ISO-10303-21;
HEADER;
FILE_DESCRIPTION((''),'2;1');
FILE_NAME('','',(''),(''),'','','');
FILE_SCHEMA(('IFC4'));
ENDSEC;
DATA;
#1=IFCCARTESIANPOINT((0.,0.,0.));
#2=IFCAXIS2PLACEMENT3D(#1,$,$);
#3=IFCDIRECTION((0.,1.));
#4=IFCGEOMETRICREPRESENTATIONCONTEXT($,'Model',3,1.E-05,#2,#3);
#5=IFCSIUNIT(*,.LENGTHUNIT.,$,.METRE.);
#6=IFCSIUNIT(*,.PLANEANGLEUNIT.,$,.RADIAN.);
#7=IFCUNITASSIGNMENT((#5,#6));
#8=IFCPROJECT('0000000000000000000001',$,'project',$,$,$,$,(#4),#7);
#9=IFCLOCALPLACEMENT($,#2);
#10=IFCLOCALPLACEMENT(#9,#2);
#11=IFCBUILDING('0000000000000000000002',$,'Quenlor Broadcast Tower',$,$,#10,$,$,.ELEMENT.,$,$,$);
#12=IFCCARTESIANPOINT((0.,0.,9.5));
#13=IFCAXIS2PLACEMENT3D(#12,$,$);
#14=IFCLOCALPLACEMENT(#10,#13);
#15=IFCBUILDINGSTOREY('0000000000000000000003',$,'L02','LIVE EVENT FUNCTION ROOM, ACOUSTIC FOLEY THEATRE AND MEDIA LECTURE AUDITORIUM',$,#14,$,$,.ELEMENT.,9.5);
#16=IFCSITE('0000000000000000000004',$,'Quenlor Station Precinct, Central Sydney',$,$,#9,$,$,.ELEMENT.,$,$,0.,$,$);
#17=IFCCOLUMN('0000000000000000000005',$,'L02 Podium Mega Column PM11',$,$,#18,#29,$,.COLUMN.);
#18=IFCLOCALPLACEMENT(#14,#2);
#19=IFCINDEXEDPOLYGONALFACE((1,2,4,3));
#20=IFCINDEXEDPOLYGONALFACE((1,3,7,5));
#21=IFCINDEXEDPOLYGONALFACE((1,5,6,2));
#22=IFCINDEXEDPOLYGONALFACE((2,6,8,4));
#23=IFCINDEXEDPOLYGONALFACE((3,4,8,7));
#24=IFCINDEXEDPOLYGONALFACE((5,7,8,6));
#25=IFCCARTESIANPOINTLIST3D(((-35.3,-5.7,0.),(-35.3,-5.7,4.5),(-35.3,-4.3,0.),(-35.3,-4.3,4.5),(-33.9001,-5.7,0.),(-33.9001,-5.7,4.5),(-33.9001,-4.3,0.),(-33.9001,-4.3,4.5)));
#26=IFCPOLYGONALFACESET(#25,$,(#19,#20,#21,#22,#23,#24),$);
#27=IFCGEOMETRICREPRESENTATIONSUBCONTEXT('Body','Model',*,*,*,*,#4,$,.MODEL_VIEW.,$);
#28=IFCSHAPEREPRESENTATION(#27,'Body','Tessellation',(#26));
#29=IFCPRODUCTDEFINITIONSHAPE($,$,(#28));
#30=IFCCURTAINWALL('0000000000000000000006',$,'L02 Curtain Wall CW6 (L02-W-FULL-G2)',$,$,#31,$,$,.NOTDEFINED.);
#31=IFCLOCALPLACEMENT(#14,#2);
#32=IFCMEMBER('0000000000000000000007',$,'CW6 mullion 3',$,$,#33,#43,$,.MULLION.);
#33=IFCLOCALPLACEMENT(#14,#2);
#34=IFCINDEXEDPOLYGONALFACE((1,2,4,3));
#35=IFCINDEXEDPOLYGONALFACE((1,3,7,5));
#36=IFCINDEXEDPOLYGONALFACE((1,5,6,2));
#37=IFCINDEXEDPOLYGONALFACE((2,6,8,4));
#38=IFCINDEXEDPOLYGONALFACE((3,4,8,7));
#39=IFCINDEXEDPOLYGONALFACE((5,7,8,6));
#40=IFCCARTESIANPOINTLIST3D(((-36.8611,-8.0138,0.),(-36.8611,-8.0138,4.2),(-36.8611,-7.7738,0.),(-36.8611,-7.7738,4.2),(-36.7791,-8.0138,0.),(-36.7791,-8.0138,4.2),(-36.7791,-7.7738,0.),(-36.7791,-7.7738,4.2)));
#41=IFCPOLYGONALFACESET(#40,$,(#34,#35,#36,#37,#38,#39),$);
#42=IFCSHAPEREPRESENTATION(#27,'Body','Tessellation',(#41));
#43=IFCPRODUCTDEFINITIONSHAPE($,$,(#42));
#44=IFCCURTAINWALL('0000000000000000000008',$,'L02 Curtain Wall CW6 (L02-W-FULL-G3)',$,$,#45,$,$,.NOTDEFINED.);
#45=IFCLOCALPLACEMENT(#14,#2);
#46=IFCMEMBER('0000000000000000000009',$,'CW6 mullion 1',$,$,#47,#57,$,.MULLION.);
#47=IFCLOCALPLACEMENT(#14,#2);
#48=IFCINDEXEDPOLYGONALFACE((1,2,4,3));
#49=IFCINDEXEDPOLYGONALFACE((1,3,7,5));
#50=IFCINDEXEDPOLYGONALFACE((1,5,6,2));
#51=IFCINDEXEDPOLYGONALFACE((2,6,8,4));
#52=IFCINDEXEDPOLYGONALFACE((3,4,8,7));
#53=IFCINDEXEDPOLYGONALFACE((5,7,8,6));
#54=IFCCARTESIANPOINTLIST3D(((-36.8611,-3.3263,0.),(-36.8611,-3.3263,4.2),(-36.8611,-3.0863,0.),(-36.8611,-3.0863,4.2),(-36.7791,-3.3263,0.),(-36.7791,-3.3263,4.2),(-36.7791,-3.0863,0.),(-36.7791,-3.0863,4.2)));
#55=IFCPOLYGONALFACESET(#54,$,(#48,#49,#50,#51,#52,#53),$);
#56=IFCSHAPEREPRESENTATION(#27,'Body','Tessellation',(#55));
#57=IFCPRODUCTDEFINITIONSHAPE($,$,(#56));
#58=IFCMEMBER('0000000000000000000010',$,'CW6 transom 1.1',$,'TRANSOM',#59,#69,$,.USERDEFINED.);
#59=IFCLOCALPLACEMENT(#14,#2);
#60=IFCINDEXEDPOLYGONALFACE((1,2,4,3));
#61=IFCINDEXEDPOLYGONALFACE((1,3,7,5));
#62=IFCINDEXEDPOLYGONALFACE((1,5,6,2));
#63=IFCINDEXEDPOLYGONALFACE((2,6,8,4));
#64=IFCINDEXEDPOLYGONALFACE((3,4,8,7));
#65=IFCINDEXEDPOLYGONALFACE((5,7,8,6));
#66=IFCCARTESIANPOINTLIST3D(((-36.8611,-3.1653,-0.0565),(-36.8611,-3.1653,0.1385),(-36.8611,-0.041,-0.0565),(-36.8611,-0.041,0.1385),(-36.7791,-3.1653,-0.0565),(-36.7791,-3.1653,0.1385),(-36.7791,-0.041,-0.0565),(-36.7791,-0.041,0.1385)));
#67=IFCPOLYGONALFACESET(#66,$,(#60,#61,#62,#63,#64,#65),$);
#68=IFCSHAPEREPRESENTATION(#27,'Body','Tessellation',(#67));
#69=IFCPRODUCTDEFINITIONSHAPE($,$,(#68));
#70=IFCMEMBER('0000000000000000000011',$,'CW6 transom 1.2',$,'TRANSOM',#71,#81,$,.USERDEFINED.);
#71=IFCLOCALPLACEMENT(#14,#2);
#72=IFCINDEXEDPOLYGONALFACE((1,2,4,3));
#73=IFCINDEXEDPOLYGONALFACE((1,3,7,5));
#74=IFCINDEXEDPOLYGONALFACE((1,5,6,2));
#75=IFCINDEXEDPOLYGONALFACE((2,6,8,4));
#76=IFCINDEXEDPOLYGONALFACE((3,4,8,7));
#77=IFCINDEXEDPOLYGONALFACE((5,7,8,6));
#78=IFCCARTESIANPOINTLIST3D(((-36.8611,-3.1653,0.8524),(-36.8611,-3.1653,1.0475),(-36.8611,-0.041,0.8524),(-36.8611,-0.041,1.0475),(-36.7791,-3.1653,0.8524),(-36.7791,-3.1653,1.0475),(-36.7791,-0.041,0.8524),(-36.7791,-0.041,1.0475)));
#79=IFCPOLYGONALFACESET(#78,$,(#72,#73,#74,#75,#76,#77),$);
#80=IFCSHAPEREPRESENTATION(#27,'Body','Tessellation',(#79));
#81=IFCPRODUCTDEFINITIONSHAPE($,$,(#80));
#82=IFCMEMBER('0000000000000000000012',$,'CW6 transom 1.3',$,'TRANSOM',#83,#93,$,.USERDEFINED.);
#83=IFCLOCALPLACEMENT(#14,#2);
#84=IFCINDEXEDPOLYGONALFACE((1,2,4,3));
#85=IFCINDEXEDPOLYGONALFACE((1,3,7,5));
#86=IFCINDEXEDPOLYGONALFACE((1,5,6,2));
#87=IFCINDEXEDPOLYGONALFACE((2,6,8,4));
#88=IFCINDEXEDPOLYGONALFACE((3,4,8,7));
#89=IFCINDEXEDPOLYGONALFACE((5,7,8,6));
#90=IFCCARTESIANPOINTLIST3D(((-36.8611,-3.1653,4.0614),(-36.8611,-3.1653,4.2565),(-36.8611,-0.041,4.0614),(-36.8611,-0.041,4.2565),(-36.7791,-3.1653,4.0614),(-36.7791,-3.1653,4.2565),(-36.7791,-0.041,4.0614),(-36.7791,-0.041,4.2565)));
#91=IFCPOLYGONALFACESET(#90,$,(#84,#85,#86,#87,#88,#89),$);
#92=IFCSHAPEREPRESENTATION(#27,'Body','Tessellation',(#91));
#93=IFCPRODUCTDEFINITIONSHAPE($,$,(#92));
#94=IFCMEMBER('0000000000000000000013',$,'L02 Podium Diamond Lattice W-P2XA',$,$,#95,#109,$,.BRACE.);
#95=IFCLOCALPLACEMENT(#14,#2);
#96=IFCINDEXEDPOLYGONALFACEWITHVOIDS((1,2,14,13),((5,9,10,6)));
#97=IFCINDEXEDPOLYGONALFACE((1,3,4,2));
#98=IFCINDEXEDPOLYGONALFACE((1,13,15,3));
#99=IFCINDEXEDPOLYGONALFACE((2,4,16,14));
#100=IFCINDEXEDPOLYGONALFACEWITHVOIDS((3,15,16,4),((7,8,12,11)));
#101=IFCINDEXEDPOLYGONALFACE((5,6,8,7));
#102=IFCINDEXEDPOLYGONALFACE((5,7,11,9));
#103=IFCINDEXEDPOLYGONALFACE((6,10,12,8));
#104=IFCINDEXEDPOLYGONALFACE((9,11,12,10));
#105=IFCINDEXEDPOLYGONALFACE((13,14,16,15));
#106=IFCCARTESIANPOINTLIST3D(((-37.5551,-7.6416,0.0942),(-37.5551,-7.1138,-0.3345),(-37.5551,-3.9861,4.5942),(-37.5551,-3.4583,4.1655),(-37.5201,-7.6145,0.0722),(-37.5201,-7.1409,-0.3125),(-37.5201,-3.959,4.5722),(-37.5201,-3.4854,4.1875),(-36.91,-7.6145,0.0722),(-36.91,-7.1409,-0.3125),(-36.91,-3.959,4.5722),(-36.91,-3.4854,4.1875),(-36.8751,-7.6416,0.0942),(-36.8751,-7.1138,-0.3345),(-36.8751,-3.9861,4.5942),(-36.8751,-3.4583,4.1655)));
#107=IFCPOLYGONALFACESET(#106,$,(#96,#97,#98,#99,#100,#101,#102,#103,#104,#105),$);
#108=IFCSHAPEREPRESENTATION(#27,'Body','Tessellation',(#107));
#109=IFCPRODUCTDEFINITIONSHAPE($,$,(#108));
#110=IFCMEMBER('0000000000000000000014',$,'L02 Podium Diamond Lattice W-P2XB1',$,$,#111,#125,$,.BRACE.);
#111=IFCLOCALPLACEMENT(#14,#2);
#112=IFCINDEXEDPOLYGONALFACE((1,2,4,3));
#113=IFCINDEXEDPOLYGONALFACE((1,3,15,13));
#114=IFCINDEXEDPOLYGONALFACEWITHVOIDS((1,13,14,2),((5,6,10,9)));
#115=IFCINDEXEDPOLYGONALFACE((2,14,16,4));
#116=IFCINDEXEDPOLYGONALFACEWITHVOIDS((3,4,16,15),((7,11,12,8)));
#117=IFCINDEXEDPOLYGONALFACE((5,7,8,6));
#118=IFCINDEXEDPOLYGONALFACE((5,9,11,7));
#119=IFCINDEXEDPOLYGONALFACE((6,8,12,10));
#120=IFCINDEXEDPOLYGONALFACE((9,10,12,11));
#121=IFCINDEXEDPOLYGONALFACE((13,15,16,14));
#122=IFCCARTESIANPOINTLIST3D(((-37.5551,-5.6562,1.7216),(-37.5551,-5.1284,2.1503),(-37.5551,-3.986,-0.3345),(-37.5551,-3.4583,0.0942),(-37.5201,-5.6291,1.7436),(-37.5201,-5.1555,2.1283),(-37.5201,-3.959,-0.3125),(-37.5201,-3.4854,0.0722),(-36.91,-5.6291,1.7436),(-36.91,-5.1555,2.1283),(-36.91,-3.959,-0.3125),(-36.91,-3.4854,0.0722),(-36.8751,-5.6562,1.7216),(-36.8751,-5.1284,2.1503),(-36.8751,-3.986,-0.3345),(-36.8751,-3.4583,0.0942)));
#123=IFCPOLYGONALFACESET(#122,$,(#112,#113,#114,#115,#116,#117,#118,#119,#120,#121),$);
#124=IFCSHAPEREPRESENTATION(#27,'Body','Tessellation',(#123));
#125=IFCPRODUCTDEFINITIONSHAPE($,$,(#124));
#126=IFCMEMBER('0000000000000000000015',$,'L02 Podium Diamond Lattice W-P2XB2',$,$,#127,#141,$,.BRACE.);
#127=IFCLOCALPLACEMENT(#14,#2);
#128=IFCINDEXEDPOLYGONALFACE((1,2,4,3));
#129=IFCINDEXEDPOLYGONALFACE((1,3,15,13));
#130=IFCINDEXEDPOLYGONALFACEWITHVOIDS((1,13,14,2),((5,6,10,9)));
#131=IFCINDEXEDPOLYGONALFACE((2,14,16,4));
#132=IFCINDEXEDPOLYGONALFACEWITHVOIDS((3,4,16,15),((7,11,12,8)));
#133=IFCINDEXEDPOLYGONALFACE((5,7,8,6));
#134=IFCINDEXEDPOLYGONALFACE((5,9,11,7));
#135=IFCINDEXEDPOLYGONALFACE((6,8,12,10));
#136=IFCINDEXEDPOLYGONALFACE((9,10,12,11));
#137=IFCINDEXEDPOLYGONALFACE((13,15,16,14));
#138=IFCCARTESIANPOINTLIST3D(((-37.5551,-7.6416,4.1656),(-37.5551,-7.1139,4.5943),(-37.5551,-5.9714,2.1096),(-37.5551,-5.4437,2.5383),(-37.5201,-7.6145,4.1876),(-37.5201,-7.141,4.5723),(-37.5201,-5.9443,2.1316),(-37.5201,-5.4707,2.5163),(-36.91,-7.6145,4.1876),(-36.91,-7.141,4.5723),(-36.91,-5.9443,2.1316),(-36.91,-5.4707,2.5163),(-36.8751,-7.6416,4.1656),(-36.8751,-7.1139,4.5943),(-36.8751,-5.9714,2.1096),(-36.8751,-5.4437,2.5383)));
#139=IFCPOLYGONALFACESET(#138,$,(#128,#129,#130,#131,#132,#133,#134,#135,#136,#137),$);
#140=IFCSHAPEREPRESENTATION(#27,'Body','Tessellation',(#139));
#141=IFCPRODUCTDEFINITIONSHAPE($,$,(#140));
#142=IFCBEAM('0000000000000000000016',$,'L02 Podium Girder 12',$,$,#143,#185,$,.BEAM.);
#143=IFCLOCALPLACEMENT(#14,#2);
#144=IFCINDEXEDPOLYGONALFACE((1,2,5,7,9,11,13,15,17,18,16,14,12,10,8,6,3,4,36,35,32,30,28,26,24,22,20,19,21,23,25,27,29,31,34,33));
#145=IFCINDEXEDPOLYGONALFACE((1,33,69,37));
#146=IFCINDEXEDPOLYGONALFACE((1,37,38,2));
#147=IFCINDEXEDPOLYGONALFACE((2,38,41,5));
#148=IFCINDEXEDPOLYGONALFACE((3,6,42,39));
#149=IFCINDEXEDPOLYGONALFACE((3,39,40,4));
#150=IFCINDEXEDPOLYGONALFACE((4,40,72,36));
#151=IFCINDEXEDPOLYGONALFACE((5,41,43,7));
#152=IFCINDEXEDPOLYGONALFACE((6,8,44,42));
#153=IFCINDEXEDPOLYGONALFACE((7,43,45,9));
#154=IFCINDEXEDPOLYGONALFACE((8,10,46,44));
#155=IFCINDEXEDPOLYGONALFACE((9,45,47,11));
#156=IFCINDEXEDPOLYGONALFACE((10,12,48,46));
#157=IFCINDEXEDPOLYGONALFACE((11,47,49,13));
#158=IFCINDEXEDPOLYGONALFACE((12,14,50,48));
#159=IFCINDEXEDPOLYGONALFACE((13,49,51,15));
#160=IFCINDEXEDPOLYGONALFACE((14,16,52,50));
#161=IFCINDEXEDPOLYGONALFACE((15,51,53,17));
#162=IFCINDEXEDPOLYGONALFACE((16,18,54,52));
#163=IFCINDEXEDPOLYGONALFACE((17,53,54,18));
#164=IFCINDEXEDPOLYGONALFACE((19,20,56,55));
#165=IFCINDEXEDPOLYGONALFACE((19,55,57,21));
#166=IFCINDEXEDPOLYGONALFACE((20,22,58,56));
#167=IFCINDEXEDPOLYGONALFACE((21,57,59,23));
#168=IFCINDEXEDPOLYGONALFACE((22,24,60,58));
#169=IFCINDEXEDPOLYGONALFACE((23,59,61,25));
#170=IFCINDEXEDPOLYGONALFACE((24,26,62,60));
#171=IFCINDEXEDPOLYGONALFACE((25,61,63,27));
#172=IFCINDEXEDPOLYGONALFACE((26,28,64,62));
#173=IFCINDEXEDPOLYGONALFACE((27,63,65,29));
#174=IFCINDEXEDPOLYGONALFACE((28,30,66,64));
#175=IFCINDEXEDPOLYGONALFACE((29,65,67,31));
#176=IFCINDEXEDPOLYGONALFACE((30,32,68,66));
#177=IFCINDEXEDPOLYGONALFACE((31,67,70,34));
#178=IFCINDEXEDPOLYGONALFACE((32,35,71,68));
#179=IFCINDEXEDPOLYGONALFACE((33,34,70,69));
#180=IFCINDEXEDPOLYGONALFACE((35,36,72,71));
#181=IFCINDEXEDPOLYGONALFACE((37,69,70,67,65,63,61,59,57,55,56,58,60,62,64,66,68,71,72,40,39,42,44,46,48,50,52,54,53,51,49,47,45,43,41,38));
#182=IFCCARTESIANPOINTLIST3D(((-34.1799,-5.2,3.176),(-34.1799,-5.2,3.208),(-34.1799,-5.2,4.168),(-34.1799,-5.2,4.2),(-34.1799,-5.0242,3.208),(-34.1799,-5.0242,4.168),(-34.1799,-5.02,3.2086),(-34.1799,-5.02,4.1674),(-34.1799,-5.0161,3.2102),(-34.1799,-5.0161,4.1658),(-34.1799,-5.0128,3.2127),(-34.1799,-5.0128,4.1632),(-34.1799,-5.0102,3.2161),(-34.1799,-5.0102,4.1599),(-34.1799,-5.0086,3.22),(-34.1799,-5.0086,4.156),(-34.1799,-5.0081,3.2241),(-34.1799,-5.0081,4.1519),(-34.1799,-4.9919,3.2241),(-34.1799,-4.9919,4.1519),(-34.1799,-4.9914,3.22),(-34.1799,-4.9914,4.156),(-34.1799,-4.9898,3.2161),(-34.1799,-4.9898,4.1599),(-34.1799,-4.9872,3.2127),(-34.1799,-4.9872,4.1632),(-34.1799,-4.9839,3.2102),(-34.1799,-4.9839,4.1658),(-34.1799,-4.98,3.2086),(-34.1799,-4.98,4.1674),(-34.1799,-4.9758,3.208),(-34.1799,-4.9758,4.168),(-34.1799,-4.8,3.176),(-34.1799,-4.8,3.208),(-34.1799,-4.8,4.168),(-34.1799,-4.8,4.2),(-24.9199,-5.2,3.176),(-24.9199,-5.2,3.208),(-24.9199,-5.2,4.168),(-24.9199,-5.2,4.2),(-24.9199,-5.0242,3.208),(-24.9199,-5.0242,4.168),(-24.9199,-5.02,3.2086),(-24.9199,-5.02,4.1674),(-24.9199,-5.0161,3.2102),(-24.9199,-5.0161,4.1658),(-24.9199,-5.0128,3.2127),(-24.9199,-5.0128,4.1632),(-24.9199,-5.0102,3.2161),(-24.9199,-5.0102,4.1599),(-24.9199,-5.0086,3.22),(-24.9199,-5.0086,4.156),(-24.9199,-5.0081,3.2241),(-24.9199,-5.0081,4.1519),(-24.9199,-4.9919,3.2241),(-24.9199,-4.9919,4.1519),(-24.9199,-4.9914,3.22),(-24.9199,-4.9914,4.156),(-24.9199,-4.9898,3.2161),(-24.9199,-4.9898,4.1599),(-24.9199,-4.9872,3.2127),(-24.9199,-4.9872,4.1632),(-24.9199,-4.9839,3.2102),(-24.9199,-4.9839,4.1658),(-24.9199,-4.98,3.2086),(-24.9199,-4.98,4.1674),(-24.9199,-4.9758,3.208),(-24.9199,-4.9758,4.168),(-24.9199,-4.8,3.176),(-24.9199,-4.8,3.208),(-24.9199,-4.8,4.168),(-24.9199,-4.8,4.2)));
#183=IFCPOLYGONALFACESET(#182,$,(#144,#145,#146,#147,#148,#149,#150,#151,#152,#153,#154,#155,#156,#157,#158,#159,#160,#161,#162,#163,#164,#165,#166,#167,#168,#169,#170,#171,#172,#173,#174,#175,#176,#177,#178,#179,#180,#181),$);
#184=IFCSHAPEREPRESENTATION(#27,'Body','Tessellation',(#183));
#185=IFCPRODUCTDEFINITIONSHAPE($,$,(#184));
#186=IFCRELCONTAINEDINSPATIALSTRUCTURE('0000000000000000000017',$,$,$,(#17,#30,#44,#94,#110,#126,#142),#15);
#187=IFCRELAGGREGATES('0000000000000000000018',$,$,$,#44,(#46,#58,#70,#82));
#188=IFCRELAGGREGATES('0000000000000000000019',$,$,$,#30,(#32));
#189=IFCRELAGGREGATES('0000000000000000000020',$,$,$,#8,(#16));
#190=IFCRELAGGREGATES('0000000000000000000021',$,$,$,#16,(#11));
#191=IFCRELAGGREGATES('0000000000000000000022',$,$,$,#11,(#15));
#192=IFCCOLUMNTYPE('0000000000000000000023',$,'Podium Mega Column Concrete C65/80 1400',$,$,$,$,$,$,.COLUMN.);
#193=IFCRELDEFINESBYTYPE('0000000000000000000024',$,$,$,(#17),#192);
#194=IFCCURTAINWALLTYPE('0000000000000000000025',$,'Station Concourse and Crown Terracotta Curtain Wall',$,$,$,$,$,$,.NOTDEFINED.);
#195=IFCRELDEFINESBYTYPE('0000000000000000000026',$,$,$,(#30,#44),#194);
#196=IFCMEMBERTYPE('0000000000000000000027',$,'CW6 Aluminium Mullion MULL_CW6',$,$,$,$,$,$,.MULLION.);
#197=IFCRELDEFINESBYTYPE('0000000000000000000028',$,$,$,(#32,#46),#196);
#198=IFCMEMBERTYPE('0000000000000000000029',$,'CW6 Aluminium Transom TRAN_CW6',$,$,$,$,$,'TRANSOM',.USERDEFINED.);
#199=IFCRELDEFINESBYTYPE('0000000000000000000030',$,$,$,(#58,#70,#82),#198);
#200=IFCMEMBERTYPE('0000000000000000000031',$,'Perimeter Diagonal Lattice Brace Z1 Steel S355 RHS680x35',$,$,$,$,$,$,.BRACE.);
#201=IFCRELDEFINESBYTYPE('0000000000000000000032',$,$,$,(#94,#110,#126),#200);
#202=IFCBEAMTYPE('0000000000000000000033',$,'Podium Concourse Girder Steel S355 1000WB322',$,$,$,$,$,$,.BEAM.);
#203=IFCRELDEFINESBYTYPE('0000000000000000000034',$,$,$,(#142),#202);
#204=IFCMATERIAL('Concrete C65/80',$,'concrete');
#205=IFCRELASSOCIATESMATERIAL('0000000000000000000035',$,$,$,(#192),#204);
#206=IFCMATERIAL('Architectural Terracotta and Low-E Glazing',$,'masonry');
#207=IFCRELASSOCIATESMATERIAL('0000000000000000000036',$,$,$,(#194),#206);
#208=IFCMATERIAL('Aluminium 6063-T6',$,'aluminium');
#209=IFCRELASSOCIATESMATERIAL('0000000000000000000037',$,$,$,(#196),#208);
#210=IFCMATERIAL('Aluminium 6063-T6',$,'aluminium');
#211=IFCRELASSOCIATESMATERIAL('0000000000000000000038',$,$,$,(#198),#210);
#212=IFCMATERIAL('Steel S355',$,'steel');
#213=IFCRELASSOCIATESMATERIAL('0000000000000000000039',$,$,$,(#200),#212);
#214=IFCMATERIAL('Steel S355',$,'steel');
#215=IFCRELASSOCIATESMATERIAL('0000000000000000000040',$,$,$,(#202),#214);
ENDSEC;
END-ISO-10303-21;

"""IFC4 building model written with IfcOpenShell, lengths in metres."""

from ifc_helpers import new_model, si_unit, direction, frame, origin, origin_2d, place, context, subcontext, project, spatial, rectangle, hollow_rectangle, i_section, extrude, material, material_profile, profile_set, type_object, element, aggregate, save


model = new_model("IFC4")

# Units and contexts
model_context = context("Model", 3, precision=1e-05, world=origin(), true_north=direction((0.0, 1.0)))
body_context = subcontext(model_context, "Body", "Model", "MODEL_VIEW")
ifc_project = project(units=[si_unit("LENGTHUNIT", "METRE"), si_unit("PLANEANGLEUNIT", "RADIAN")], contexts=[model_context])

# Site, building, storey
site_placement = place(None, origin())
site = spatial("IfcSite", under=ifc_project, at=site_placement, Name="Quenlor Station Precinct, Central Sydney", CompositionType="ELEMENT", RefElevation=0.0)
building_placement = place(site_placement, origin())
building = spatial("IfcBuilding", under=site, at=building_placement, Name="Quenlor Broadcast Tower", CompositionType="ELEMENT")
storey_placement = place(building_placement, frame((0.0, 0.0, 9.5)))
storey = spatial("IfcBuildingStorey", under=building, at=storey_placement, Name="L02", Description="LIVE EVENT FUNCTION ROOM, ACOUSTIC FOLEY THEATRE AND MEDIA LECTURE AUDITORIUM", CompositionType="ELEMENT", Elevation=9.5)

# Column
ifc_material_1 = material(Name="Concrete C65/80", Category="concrete")
ifc_material_profile_1 = material_profile(ifc_material_1, rectangle(XDim=1.3999, YDim=1.3999, at=origin_2d()))
ifc_profile_set_1 = profile_set([ifc_material_profile_1], Name="Concrete C65/80 RC1400x1400")
column_type = type_object("IfcColumnType", Name="Podium Mega Column Concrete C65/80 1400", PredefinedType="COLUMN", material=ifc_profile_set_1)
column_placement = place(storey_placement, frame((-34.6001, -5.0, 0.0), z_axis=(0.0, 0.0, 1.0), x_axis=(1.0, 0.0, 0.0)))
element("IfcColumn", 1, at=column_placement, inside=storey, type_object=column_type, Name="L02 Podium Mega Column PM11", PredefinedType="COLUMN", context=body_context, shape_type="SweptSolid", body=[
    extrude(rectangle(XDim=1.3999, YDim=1.3999, at=origin_2d()), origin(), (0.0, 0.0, 1.0), 4.5),
])

# Curtain wall, member
ifc_material_2 = material(Name="Architectural Terracotta and Low-E Glazing", Category="masonry")
curtain_wall_type = type_object("IfcCurtainWallType", Name="Station Concourse and Crown Terracotta Curtain Wall", PredefinedType="NOTDEFINED", material=ifc_material_2)
curtain_wall_1_placement = place(storey_placement, origin())
curtain_wall_1 = element("IfcCurtainWall", 2, at=curtain_wall_1_placement, inside=storey, type_object=curtain_wall_type, Name="L02 Curtain Wall CW6 (L02-W-FULL-G2)", PredefinedType="NOTDEFINED")
ifc_material_3 = material(Name="Aluminium 6063-T6", Category="aluminium")
ifc_material_profile_2 = material_profile(ifc_material_3, rectangle(XDim=0.082, YDim=0.24, at=origin_2d()))
ifc_profile_set_2 = profile_set([ifc_material_profile_2], Name="Aluminium 6063-T6 MULL82x240")
member_type_1 = type_object("IfcMemberType", Name="CW6 Aluminium Mullion MULL_CW6", PredefinedType="MULLION", material=ifc_profile_set_2)
member_1_placement = place(storey_placement, frame((-36.8201, -7.8938, 0.0), z_axis=(0.0, 0.0, 1.0), x_axis=(-1.0, 0.0, 0.0)))
member_1 = element("IfcMember", 3, at=member_1_placement, type_object=member_type_1, Name="CW6 mullion 3", PredefinedType="MULLION", context=body_context, shape_type="SweptSolid", body=[
    extrude(rectangle(XDim=0.082, YDim=0.24, at=origin_2d()), origin(), (0.0, 0.0, 1.0), 4.2),
])

# Curtain wall, members
curtain_wall_2_placement = place(storey_placement, origin())
curtain_wall_2 = element("IfcCurtainWall", 4, at=curtain_wall_2_placement, inside=storey, type_object=curtain_wall_type, Name="L02 Curtain Wall CW6 (L02-W-FULL-G3)", PredefinedType="NOTDEFINED")
member_2_placement = place(storey_placement, frame((-36.8201, -3.2063, 0.0), z_axis=(0.0, 0.0, 1.0), x_axis=(-1.0, 0.0, 0.0)))
member_2 = element("IfcMember", 5, at=member_2_placement, type_object=member_type_1, Name="CW6 mullion 1", PredefinedType="MULLION", context=body_context, shape_type="SweptSolid", body=[
    extrude(rectangle(XDim=0.082, YDim=0.24, at=origin_2d()), origin(), (0.0, 0.0, 1.0), 4.2),
])
ifc_material_4 = material(Name="Aluminium 6063-T6", Category="aluminium")
ifc_material_profile_3 = material_profile(ifc_material_4, rectangle(XDim=0.082, YDim=0.1951, at=origin_2d()))
ifc_profile_set_3 = profile_set([ifc_material_profile_3], Name="Aluminium 6063-T6 TRAN82x195")
member_type_2 = type_object("IfcMemberType", Name="CW6 Aluminium Transom TRAN_CW6", ElementType="TRANSOM", PredefinedType="USERDEFINED", material=ifc_profile_set_3)
member_3_placement = place(storey_placement, frame((-36.8201, -3.1653, 0.041), z_axis=(0.0, 1.0, 0.0), x_axis=(-1.0, 0.0, 0.0)))
member_3 = element("IfcMember", 6, at=member_3_placement, type_object=member_type_2, Name="CW6 transom 1.1", ObjectType="TRANSOM", PredefinedType="USERDEFINED", context=body_context, shape_type="SweptSolid", body=[
    extrude(rectangle(XDim=0.082, YDim=0.1951, at=origin_2d()), origin(), (0.0, 0.0, 1.0), 3.1243),
])
member_4_placement = place(storey_placement, frame((-36.8201, -3.1653, 0.95), z_axis=(0.0, 1.0, 0.0), x_axis=(-1.0, 0.0, 0.0)))
member_4 = element("IfcMember", 7, at=member_4_placement, type_object=member_type_2, Name="CW6 transom 1.2", ObjectType="TRANSOM", PredefinedType="USERDEFINED", context=body_context, shape_type="SweptSolid", body=[
    extrude(rectangle(XDim=0.082, YDim=0.1951, at=origin_2d()), origin(), (0.0, 0.0, 1.0), 3.1243),
])
member_5_placement = place(storey_placement, frame((-36.8201, -3.1653, 4.1589), z_axis=(0.0, 1.0, 0.0), x_axis=(-1.0, 0.0, 0.0)))
member_5 = element("IfcMember", 8, at=member_5_placement, type_object=member_type_2, Name="CW6 transom 1.3", ObjectType="TRANSOM", PredefinedType="USERDEFINED", context=body_context, shape_type="SweptSolid", body=[
    extrude(rectangle(XDim=0.082, YDim=0.1951, at=origin_2d()), origin(), (0.0, 0.0, 1.0), 3.1243),
])
aggregate(curtain_wall_2, [member_2, member_3, member_4, member_5])

# Members
ifc_material_5 = material(Name="Steel S355", Category="steel")
ifc_material_profile_4 = material_profile(ifc_material_5, hollow_rectangle(XDim=0.6799, YDim=0.6799, WallThickness=0.0349, at=origin_2d()))
ifc_profile_set_4 = profile_set([ifc_material_profile_4], Name="Steel S355 RHS680x680x35")
member_type_3 = type_object("IfcMemberType", Name="Perimeter Diagonal Lattice Brace Z1 Steel S355 RHS680x35", PredefinedType="BRACE", material=ifc_profile_set_4)
member_6_placement = place(storey_placement, frame((-37.2151, -7.3777, -0.1201), z_axis=(0.0, 0.630517, 0.776176), x_axis=(-1.0, 0.0, 0.0)))
element("IfcMember", 9, at=member_6_placement, inside=storey, type_object=member_type_3, Name="L02 Podium Diamond Lattice W-P2XA", PredefinedType="BRACE", context=body_context, shape_type="SweptSolid", body=[
    extrude(hollow_rectangle(XDim=0.6799, YDim=0.6799, WallThickness=0.0349, at=origin_2d()), origin(), (0.0, 0.0, 1.0), 5.7976),
])
for number, where, z_axis, x_axis, name in (
    (10, (-37.2151, -3.7222, -0.1201), (0.0, -0.630489, 0.776199), (1.0, 0.0, 0.0), "L02 Podium Diamond Lattice W-P2XB1"),
    (11, (-37.2151, -5.7075, 2.324), (0.0, -0.630534, 0.776162), (1.0, 0.0, 0.0), "L02 Podium Diamond Lattice W-P2XB2"),
):
    element("IfcMember", number, at=place(storey_placement, frame(where, z_axis=z_axis, x_axis=x_axis)), inside=storey, type_object=member_type_3, Name=name, PredefinedType="BRACE", context=body_context, shape_type="SweptSolid", body=[
        extrude(hollow_rectangle(XDim=0.6799, YDim=0.6799, WallThickness=0.0349, at=origin_2d()), origin(), (0.0, 0.0, 1.0), 2.6489),
    ])

# Beam
ifc_material_6 = material(Name="Steel S355", Category="steel")
ifc_material_profile_5 = material_profile(ifc_material_6, i_section(OverallWidth=0.3999, OverallDepth=1.0239, WebThickness=0.0161, FlangeThickness=0.032, FilletRadius=0.0161, at=origin_2d()))
ifc_profile_set_5 = profile_set([ifc_material_profile_5], Name="Steel S355 1000WB322")
beam_type_1 = type_object("IfcBeamType", Name="Podium Concourse Girder Steel S355 1000WB322", PredefinedType="BEAM", material=ifc_profile_set_5)
beam_1_placement = place(storey_placement, frame((-34.1799, -5.0, 3.688), z_axis=(1.0, 0.0, 0.0), x_axis=(0.0, 1.0, 0.0)))
element("IfcBeam", 12, at=beam_1_placement, inside=storey, type_object=beam_type_1, Name="L02 Podium Girder 12", PredefinedType="BEAM", context=body_context, shape_type="SweptSolid", body=[
    extrude(i_section(OverallWidth=0.3999, OverallDepth=1.0239, WebThickness=0.0161, FlangeThickness=0.032, FilletRadius=0.0161, at=origin_2d()), origin(), (0.0, 0.0, 1.0), 9.26),
])

aggregate(curtain_wall_1, [member_1])

save(model, "model.ifc")
